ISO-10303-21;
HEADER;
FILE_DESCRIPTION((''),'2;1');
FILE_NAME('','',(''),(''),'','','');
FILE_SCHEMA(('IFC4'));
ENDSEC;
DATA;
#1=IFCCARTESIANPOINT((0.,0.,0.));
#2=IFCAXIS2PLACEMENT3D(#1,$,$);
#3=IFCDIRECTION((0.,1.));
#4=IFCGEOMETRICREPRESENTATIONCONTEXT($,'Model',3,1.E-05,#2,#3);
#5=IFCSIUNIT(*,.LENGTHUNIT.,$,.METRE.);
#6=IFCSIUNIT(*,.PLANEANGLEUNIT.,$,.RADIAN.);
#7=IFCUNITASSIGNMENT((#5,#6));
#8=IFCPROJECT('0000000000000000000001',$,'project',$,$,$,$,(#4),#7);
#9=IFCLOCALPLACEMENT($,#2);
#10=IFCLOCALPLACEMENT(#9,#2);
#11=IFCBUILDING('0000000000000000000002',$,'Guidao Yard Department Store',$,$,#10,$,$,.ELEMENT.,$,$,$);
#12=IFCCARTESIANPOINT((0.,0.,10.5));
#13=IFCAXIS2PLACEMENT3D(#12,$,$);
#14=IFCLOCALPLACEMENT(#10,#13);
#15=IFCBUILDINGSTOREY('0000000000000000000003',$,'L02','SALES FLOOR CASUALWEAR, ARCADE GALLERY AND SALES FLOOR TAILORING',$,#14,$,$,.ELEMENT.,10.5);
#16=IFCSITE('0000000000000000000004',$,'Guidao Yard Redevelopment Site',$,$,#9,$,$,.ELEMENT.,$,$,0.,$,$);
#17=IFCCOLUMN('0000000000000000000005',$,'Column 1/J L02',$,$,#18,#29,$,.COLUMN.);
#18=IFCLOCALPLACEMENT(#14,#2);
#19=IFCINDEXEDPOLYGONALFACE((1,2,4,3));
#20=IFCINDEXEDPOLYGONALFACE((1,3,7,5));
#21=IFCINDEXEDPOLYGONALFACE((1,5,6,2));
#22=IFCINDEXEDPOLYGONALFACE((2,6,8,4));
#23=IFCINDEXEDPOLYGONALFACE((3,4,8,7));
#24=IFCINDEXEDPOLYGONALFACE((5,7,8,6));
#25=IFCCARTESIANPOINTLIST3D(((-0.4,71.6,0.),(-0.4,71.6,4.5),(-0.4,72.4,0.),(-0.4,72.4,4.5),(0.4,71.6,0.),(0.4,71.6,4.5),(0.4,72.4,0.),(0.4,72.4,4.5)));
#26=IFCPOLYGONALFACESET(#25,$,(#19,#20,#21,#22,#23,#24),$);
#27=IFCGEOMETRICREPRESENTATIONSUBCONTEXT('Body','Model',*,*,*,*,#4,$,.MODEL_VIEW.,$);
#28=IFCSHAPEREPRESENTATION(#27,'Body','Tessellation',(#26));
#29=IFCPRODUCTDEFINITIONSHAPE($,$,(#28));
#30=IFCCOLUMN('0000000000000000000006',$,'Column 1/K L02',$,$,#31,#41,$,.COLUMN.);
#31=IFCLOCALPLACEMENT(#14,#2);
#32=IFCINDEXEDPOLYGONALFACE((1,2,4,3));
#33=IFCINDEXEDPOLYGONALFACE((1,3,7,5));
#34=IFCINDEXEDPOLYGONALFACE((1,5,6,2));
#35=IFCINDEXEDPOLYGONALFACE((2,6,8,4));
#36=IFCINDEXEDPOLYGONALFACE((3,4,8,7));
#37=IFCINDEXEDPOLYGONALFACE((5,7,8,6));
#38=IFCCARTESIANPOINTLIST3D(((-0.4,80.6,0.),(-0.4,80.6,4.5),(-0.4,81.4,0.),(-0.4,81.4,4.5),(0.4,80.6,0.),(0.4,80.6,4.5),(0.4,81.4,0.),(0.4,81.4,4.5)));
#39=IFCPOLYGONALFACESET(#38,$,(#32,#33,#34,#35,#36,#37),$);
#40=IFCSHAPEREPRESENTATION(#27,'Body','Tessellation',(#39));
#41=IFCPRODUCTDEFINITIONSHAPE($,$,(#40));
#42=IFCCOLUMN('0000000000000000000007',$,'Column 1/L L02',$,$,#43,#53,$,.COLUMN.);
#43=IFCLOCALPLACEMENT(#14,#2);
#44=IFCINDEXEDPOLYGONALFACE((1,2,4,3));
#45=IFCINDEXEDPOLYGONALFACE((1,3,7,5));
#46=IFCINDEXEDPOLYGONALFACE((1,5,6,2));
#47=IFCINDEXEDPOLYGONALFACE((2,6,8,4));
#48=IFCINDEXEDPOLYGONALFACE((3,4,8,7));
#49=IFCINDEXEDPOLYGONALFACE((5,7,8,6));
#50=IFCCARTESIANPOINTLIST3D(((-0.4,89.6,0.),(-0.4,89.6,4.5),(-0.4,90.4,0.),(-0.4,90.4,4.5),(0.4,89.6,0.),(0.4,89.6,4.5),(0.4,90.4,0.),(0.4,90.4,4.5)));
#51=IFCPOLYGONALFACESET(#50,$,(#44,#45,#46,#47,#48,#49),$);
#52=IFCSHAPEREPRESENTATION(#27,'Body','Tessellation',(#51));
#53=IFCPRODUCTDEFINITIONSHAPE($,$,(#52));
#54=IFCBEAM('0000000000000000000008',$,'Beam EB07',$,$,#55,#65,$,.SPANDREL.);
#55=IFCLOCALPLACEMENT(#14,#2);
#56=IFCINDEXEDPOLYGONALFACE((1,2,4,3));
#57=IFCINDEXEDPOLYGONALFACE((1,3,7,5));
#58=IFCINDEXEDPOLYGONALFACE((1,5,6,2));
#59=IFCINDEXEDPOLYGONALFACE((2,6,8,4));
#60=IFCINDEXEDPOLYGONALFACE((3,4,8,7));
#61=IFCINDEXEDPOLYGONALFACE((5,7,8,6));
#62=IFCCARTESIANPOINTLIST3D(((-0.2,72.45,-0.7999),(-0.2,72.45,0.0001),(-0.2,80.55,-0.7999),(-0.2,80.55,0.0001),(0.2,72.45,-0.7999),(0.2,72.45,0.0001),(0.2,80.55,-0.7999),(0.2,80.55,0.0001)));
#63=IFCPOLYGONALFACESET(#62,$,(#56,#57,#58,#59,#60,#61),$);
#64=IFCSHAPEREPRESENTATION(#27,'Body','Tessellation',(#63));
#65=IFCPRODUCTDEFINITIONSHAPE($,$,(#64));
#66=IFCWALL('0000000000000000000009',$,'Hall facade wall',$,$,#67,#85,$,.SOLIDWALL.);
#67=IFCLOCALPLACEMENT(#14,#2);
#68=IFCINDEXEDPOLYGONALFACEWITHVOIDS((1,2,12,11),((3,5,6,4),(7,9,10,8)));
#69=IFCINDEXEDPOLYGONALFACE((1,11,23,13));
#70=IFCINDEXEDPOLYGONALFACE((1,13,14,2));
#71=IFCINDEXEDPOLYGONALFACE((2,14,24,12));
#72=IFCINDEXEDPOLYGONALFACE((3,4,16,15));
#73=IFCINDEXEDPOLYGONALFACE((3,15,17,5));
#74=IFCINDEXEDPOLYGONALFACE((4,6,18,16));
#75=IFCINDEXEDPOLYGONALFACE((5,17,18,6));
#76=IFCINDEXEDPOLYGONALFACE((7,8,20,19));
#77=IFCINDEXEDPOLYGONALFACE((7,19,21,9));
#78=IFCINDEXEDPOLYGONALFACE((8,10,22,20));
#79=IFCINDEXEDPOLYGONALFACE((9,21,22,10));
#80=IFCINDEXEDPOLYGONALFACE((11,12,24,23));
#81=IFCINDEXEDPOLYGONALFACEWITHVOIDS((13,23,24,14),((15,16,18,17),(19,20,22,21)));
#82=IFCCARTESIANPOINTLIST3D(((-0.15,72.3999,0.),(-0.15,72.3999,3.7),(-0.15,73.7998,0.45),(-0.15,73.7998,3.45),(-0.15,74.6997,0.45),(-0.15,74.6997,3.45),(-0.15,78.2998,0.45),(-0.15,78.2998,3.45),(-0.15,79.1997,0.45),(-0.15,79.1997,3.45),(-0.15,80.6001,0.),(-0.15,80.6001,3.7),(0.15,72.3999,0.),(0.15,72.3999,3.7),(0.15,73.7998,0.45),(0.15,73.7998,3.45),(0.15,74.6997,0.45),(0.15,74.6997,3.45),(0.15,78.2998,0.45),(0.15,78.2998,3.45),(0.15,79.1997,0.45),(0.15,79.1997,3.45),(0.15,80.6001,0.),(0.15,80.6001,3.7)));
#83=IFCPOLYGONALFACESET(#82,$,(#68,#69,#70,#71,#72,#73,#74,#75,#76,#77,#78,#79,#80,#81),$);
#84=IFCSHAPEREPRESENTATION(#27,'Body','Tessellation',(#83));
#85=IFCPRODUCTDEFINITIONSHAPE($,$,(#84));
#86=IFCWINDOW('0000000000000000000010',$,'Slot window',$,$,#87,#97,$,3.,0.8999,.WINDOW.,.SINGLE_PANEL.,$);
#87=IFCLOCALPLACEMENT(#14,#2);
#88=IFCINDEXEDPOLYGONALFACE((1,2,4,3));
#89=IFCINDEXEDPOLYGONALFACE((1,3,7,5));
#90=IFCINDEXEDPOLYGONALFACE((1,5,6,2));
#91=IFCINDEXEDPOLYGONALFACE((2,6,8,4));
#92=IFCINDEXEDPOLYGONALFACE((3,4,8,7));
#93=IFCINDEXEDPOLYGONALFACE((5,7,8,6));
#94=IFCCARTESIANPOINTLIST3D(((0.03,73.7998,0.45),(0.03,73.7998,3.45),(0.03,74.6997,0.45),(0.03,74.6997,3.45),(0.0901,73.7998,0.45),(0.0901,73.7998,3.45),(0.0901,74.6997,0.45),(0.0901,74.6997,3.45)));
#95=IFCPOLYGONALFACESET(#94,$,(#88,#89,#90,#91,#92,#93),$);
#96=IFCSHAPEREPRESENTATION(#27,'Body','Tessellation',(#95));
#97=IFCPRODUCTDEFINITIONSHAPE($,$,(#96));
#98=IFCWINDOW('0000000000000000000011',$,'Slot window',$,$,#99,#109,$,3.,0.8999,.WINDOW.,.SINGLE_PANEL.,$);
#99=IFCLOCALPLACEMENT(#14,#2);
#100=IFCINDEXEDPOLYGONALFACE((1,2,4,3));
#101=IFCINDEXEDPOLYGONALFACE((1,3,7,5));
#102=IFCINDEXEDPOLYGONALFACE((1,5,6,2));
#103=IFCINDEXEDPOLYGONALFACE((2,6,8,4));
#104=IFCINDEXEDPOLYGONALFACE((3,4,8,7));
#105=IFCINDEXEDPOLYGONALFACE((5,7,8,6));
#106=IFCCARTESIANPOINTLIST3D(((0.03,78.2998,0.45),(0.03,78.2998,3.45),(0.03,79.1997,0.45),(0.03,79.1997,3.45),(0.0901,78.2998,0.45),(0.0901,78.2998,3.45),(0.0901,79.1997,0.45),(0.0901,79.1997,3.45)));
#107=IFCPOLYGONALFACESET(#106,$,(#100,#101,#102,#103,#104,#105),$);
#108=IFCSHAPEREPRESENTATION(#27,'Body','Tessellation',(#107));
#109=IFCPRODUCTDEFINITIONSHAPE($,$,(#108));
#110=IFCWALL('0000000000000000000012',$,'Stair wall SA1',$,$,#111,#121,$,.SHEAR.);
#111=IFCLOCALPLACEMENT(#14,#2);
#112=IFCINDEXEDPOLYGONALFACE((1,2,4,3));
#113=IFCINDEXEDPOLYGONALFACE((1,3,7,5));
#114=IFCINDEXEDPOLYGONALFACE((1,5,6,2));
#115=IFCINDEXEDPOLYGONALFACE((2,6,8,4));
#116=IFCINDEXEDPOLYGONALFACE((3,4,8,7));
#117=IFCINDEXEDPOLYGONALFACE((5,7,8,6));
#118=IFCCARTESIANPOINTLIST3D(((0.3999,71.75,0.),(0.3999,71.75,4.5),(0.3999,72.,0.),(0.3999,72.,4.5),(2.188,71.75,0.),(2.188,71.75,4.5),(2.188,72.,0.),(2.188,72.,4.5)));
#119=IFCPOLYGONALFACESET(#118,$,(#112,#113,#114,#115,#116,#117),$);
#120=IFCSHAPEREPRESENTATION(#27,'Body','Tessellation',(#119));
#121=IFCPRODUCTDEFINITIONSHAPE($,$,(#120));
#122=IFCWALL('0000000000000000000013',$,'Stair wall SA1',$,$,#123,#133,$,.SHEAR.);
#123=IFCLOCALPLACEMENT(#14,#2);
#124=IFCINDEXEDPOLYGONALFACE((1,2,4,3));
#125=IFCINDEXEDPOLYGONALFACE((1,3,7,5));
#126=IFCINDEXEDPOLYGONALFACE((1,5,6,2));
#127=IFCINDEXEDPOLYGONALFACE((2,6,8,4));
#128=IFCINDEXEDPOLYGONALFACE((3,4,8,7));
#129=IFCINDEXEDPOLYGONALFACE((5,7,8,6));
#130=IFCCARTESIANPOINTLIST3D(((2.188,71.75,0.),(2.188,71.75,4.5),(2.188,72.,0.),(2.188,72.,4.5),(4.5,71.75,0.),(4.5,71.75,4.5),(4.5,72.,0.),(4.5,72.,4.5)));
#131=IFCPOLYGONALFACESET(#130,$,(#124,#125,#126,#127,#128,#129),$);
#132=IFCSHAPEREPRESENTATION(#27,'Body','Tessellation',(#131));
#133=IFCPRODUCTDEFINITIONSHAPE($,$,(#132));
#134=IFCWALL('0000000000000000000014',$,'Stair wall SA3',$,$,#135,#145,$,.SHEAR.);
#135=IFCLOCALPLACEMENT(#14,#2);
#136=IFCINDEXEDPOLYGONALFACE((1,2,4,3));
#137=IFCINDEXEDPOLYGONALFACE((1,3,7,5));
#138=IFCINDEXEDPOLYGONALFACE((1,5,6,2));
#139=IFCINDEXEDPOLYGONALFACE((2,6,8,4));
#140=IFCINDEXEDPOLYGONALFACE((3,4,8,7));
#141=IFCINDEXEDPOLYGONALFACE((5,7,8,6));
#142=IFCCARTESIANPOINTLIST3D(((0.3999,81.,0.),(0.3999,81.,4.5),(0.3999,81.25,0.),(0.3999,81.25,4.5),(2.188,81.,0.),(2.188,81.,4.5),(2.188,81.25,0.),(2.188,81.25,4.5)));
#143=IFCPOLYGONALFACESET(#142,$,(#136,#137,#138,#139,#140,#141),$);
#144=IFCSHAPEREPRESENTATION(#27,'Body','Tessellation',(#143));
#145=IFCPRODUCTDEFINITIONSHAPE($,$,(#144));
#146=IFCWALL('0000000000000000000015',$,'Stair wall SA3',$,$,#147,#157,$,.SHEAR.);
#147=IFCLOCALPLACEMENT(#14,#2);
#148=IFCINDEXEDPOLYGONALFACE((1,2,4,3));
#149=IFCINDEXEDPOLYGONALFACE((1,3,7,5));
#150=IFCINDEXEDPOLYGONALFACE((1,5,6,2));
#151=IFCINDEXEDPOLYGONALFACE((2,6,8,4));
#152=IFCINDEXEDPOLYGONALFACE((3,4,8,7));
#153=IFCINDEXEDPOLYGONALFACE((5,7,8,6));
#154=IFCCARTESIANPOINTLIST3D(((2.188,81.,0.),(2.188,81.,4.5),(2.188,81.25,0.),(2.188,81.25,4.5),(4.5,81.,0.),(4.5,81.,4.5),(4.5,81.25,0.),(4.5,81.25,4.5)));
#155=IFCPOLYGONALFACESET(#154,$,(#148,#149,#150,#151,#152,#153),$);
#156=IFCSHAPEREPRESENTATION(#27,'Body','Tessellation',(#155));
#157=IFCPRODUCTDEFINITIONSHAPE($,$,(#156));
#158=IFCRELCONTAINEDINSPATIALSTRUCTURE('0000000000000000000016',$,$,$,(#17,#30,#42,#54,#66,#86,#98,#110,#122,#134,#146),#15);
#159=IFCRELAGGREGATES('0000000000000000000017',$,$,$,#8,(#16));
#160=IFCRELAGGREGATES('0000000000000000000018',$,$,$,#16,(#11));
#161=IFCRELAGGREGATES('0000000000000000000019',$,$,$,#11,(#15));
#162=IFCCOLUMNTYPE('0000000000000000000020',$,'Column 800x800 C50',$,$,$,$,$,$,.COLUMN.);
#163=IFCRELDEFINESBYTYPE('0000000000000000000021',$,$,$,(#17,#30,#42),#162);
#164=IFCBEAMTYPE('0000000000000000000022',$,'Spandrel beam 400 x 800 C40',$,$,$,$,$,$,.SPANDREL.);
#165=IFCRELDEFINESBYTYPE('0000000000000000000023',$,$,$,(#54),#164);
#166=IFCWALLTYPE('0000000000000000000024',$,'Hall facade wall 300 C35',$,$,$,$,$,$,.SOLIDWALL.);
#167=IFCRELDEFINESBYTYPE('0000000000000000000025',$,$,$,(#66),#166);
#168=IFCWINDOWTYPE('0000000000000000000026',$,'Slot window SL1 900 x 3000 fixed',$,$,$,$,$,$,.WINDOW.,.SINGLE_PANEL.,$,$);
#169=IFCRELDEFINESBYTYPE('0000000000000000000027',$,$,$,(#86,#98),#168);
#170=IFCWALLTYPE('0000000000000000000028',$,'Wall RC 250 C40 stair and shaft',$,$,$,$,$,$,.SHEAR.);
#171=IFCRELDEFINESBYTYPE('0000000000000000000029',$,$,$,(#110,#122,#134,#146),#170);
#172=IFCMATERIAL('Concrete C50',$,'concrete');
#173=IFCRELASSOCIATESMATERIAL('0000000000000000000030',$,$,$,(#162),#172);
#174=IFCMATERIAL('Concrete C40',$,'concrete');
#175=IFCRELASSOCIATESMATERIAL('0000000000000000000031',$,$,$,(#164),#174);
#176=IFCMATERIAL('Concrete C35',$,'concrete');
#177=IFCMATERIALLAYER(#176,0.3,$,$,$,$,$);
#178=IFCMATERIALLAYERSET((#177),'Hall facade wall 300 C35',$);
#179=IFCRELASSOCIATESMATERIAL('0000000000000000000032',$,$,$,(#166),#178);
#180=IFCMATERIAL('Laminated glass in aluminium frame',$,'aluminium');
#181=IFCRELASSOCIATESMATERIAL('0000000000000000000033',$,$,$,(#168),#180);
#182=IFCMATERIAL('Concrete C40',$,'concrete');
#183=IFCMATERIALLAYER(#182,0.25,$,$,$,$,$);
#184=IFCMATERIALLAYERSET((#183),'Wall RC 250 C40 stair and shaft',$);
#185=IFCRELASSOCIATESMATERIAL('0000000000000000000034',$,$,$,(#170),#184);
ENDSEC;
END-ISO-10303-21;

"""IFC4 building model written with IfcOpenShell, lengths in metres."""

from ifc_helpers import new_model, si_unit, direction, frame, frame_2d, origin, origin_2d, place, context, subcontext, project, spatial, rectangle, extrude, material, layer, layer_set, material_profile, profile_set, type_object, element, fill, save


model = new_model("IFC4")

# Units and contexts
model_context = context("Model", 3, precision=1e-05, world=origin(), true_north=direction((0.0, 1.0)))
body_context = subcontext(model_context, "Body", "Model", "MODEL_VIEW")
ifc_project = project(units=[si_unit("LENGTHUNIT", "METRE"), si_unit("PLANEANGLEUNIT", "RADIAN")], contexts=[model_context])

# Site, building, storey
site_placement = place(None, origin())
site = spatial("IfcSite", under=ifc_project, at=site_placement, Name="Guidao Yard Redevelopment Site", CompositionType="ELEMENT", RefElevation=0.0)
building_placement = place(site_placement, origin())
building = spatial("IfcBuilding", under=site, at=building_placement, Name="Guidao Yard Department Store", CompositionType="ELEMENT")
storey_placement = place(building_placement, frame((0.0, 0.0, 10.5)))
storey = spatial("IfcBuildingStorey", under=building, at=storey_placement, Name="L02", Description="SALES FLOOR CASUALWEAR, ARCADE GALLERY AND SALES FLOOR TAILORING", CompositionType="ELEMENT", Elevation=10.5)

# Columns
ifc_material_1 = material(Name="Concrete C50", Category="concrete")
ifc_material_profile_1 = material_profile(ifc_material_1, rectangle(XDim=0.8, YDim=0.8, at=origin_2d()), Name="COL 800x800")
ifc_profile_set_1 = profile_set([ifc_material_profile_1], Name="Concrete C50")
column_type = type_object("IfcColumnType", Name="Column 800x800 C50", PredefinedType="COLUMN", material=ifc_profile_set_1)
for number, where, z_axis, x_axis, name in (
    (1, (0.0, 72.0, 0.0), (0.0, 0.0, 1.0), (1.0, 0.0, 0.0), "Column 1/J L02"),
    (2, (0.0, 81.0, 0.0), (0.0, 0.0, 1.0), (1.0, 0.0, 0.0), "Column 1/K L02"),
    (3, (0.0, 90.0, 0.0), (0.0, 0.0, 1.0), (1.0, 0.0, 0.0), "Column 1/L L02"),
):
    element("IfcColumn", number, at=place(storey_placement, frame(where, z_axis=z_axis, x_axis=x_axis)), inside=storey, type_object=column_type, Name=name, PredefinedType="COLUMN", context=body_context, shape_type="SweptSolid", body=[
        extrude(rectangle(XDim=0.8, YDim=0.8, at=origin_2d()), origin(), (0.0, 0.0, 1.0), 4.5),
    ])

# Beam
ifc_material_2 = material(Name="Concrete C40", Category="concrete")
ifc_material_profile_2 = material_profile(ifc_material_2, rectangle(XDim=0.3999, YDim=0.8, at=origin_2d()), Name="Spandrel beam 400 x 800 C40")
ifc_profile_set_2 = profile_set([ifc_material_profile_2], Name="Concrete C40")
beam_type = type_object("IfcBeamType", Name="Spandrel beam 400 x 800 C40", PredefinedType="SPANDREL", material=ifc_profile_set_2)
beam_placement = place(storey_placement, frame((0.0, 72.45, -0.3999), z_axis=(0.0, 1.0, 0.0), x_axis=(-1.0, 0.0, 0.0)))
element("IfcBeam", 4, at=beam_placement, inside=storey, type_object=beam_type, Name="Beam EB07", PredefinedType="SPANDREL", context=body_context, shape_type="SweptSolid", body=[
    extrude(rectangle(XDim=0.3999, YDim=0.8, at=origin_2d()), origin(), (0.0, 0.0, 1.0), 8.1001),
])

# Wall, openings, windows
ifc_material_3 = material(Name="Concrete C35", Category="concrete")
ifc_layer_1 = layer(ifc_material_3, 0.3)
ifc_layer_set_1 = layer_set([ifc_layer_1], Name="Hall facade wall 300 C35")
wall_type_1 = type_object("IfcWallType", Name="Hall facade wall 300 C35", PredefinedType="SOLIDWALL", material=ifc_layer_set_1)
wall_1_placement = place(storey_placement, frame((0.0, 72.3999, 0.0), z_axis=(0.0, 0.0, 1.0), x_axis=(0.0, 1.0, 0.0)))
wall_1 = element("IfcWall", 5, at=wall_1_placement, inside=storey, type_object=wall_type_1, Name="Hall facade wall", PredefinedType="SOLIDWALL", context=body_context, shape_type="SweptSolid", body=[
    extrude(rectangle(XDim=8.2002, YDim=0.3, at=frame_2d((4.1001, 0.0))), origin(), (0.0, 0.0, 1.0), 3.7),
])
opening_1_placement = place(wall_1_placement, frame((1.3999, 0.0, 0.45)))
opening_1 = element("IfcOpeningElement", 6, at=opening_1_placement, cuts=wall_1, PredefinedType="OPENING", context=body_context, shape_type="SweptSolid", body=[
    extrude(rectangle(XDim=0.8999, YDim=3.0, at=frame_2d((0.45, 1.5))), frame((0.0, 0.1599, 0.0), z_axis=(0.0, -1.0, 0.0), x_axis=(1.0, 0.0, 0.0)), (0.0, 0.0, 1.0), 0.3201),
])
opening_2_placement = place(wall_1_placement, frame((5.8999, 0.0, 0.45)))
opening_2 = element("IfcOpeningElement", 7, at=opening_2_placement, cuts=wall_1, PredefinedType="OPENING", context=body_context, shape_type="SweptSolid", body=[
    extrude(rectangle(XDim=0.8999, YDim=3.0, at=frame_2d((0.45, 1.5))), frame((0.0, 0.1599, 0.0), z_axis=(0.0, -1.0, 0.0), x_axis=(1.0, 0.0, 0.0)), (0.0, 0.0, 1.0), 0.3201),
])
ifc_material_4 = material(Name="Laminated glass in aluminium frame", Category="aluminium")
window_type = type_object("IfcWindowType", Name="Slot window SL1 900 x 3000 fixed", PartitioningType="SINGLE_PANEL", PredefinedType="WINDOW", material=ifc_material_4)
window_1_placement = place(opening_1_placement, origin())
window_1 = element("IfcWindow", 8, at=window_1_placement, inside=storey, type_object=window_type, Name="Slot window", OverallHeight=3.0, OverallWidth=0.8999, PartitioningType="SINGLE_PANEL", PredefinedType="WINDOW", context=body_context, shape_type="SweptSolid", body=[
    extrude(rectangle(XDim=0.8999, YDim=3.0, at=frame_2d((0.45, 1.5))), frame((0.0, -0.03, 0.0), z_axis=(0.0, -1.0, 0.0), x_axis=(1.0, 0.0, 0.0)), (0.0, 0.0, 1.0), 0.0601),
])
fill(opening_1, window_1)
window_2_placement = place(opening_2_placement, origin())
window_2 = element("IfcWindow", 9, at=window_2_placement, inside=storey, type_object=window_type, Name="Slot window", OverallHeight=3.0, OverallWidth=0.8999, PartitioningType="SINGLE_PANEL", PredefinedType="WINDOW", context=body_context, shape_type="SweptSolid", body=[
    extrude(rectangle(XDim=0.8999, YDim=3.0, at=frame_2d((0.45, 1.5))), frame((0.0, -0.03, 0.0), z_axis=(0.0, -1.0, 0.0), x_axis=(1.0, 0.0, 0.0)), (0.0, 0.0, 1.0), 0.0601),
])
fill(opening_2, window_2)

# Walls
ifc_material_5 = material(Name="Concrete C40", Category="concrete")
ifc_layer_2 = layer(ifc_material_5, 0.25)
ifc_layer_set_2 = layer_set([ifc_layer_2], Name="Wall RC 250 C40 stair and shaft")
wall_type_2 = type_object("IfcWallType", Name="Wall RC 250 C40 stair and shaft", PredefinedType="SHEAR", material=ifc_layer_set_2)
wall_2_placement = place(storey_placement, frame((0.3999, 71.875, 0.0), z_axis=(0.0, 0.0, 1.0), x_axis=(1.0, 0.0, 0.0)))
element("IfcWall", 10, at=wall_2_placement, inside=storey, type_object=wall_type_2, Name="Stair wall SA1", PredefinedType="SHEAR", context=body_context, shape_type="SweptSolid", body=[
    extrude(rectangle(XDim=1.7881, YDim=0.25, at=frame_2d((0.894, 0.0))), origin(), (0.0, 0.0, 1.0), 4.5),
])
wall_3_placement = place(storey_placement, frame((2.188, 71.875, 0.0), z_axis=(0.0, 0.0, 1.0), x_axis=(1.0, 0.0, 0.0)))
element("IfcWall", 11, at=wall_3_placement, inside=storey, type_object=wall_type_2, Name="Stair wall SA1", PredefinedType="SHEAR", context=body_context, shape_type="SweptSolid", body=[
    extrude(rectangle(XDim=2.312, YDim=0.25, at=frame_2d((1.156, 0.0))), origin(), (0.0, 0.0, 1.0), 4.5),
])
wall_4_placement = place(storey_placement, frame((0.3999, 81.125, 0.0), z_axis=(0.0, 0.0, 1.0), x_axis=(1.0, 0.0, 0.0)))
element("IfcWall", 12, at=wall_4_placement, inside=storey, type_object=wall_type_2, Name="Stair wall SA3", PredefinedType="SHEAR", context=body_context, shape_type="SweptSolid", body=[
    extrude(rectangle(XDim=1.7881, YDim=0.25, at=frame_2d((0.894, 0.0))), origin(), (0.0, 0.0, 1.0), 4.5),
])
wall_5_placement = place(storey_placement, frame((2.188, 81.125, 0.0), z_axis=(0.0, 0.0, 1.0), x_axis=(1.0, 0.0, 0.0)))
element("IfcWall", 13, at=wall_5_placement, inside=storey, type_object=wall_type_2, Name="Stair wall SA3", PredefinedType="SHEAR", context=body_context, shape_type="SweptSolid", body=[
    extrude(rectangle(XDim=2.312, YDim=0.25, at=frame_2d((1.156, 0.0))), origin(), (0.0, 0.0, 1.0), 4.5),
])

save(model, "model.ifc")
